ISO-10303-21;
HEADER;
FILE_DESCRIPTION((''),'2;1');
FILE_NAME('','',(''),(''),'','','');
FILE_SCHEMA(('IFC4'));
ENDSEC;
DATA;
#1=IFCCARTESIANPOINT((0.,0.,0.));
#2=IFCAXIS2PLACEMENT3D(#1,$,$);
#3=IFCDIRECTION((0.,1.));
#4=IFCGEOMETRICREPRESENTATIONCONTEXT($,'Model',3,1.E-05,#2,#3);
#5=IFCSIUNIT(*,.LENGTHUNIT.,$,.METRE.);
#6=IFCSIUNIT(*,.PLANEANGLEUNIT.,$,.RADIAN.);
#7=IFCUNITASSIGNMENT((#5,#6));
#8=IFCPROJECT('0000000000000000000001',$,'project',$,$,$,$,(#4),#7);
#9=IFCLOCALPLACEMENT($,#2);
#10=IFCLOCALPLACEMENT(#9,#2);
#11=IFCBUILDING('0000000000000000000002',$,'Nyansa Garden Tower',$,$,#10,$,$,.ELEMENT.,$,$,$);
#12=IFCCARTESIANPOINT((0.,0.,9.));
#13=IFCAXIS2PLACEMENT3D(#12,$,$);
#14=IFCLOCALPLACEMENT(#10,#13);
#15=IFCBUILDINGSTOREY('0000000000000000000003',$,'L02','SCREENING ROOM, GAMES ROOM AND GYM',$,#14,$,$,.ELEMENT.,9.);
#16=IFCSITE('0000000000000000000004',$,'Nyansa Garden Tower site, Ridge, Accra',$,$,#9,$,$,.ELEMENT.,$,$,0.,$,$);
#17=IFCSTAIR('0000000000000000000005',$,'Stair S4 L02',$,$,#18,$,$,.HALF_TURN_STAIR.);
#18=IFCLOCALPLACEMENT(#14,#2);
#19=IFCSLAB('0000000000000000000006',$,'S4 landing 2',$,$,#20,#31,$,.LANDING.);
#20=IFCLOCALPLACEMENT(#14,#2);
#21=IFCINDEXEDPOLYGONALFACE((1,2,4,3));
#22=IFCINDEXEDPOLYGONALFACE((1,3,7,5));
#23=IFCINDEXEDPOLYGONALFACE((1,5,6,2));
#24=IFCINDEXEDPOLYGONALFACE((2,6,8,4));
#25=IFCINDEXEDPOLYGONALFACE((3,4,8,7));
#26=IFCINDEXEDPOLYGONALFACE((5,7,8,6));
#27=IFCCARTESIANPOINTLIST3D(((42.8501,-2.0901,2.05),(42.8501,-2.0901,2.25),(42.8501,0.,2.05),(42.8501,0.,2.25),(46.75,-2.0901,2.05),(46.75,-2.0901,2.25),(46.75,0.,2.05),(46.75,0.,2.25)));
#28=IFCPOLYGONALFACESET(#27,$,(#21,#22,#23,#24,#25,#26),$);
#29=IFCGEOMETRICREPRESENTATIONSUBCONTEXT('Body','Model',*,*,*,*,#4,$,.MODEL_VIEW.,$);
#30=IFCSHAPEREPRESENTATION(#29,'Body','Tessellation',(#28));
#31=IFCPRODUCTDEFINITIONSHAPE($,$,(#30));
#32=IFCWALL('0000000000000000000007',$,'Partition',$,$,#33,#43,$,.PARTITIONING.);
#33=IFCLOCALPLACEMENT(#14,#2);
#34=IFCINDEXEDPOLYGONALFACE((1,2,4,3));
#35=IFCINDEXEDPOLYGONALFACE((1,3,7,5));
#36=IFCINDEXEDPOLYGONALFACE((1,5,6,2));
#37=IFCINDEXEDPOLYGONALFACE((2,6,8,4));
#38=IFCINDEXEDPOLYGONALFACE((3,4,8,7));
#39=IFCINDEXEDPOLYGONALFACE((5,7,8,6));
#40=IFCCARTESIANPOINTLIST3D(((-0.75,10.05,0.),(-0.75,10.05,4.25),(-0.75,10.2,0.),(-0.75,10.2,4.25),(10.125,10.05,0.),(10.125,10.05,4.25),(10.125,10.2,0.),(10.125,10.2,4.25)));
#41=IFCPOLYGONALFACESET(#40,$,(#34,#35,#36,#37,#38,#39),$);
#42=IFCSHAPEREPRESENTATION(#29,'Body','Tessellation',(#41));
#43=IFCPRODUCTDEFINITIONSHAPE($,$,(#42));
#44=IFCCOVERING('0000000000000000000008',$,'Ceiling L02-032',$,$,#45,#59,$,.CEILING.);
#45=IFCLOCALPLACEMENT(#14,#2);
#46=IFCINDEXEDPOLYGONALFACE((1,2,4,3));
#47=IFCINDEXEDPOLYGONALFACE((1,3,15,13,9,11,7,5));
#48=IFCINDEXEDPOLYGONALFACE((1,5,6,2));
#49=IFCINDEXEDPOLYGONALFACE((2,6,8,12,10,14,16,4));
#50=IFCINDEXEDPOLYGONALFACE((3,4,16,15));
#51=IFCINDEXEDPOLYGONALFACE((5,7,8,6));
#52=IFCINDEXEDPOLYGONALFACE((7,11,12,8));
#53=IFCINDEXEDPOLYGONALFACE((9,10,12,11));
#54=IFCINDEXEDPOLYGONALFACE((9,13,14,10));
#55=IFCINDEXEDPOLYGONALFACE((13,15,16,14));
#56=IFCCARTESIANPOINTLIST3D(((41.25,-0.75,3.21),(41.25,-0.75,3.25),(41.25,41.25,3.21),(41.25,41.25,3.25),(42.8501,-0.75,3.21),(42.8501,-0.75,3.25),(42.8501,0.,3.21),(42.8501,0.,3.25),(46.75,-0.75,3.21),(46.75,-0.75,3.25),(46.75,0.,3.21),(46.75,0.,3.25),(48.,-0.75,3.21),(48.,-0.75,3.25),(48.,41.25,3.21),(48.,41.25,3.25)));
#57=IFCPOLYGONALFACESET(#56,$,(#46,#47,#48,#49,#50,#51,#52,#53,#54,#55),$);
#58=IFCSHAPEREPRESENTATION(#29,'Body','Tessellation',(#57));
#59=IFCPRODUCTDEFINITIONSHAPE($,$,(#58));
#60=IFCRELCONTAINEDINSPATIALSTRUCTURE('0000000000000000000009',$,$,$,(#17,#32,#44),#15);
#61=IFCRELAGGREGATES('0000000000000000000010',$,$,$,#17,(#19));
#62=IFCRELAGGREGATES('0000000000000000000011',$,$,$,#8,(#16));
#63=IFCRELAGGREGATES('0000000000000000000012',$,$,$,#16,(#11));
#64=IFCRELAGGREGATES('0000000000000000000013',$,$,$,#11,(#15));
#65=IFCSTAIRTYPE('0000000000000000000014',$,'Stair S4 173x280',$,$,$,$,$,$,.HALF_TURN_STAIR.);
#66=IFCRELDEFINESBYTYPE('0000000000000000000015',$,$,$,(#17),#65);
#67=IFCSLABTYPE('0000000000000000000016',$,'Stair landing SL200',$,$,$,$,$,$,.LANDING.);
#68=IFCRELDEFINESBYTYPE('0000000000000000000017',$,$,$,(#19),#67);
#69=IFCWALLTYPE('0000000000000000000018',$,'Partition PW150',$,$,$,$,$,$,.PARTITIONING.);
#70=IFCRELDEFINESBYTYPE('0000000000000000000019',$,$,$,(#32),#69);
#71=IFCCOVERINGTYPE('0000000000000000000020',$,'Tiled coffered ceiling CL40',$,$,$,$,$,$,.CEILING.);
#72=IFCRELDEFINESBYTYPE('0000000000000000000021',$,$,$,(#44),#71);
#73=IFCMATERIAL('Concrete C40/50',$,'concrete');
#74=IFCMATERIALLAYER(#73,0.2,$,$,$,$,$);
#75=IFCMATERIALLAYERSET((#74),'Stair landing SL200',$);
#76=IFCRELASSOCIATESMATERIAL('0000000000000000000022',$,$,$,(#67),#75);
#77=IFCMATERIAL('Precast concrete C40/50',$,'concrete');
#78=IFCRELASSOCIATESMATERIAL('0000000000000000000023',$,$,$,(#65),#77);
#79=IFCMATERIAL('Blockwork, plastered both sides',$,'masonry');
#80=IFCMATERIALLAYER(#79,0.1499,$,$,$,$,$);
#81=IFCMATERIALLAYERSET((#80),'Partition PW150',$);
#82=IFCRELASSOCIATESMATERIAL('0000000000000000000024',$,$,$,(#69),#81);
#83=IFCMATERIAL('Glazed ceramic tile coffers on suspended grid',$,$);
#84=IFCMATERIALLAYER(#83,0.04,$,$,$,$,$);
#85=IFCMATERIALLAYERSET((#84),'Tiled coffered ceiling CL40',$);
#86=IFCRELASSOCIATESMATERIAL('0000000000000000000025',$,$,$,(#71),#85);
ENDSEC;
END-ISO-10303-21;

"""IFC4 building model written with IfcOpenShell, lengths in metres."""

from ifc_helpers import new_model, si_unit, direction, frame, frame_2d, origin, place, context, subcontext, project, spatial, polyline, rectangle, outline, extrude, material, layer, layer_set, type_object, element, aggregate, save


model = new_model("IFC4")

# Units and contexts
model_context = context("Model", 3, precision=1e-05, world=origin(), true_north=direction((0.0, 1.0)))
body_context = subcontext(model_context, "Body", "Model", "MODEL_VIEW")
ifc_project = project(units=[si_unit("LENGTHUNIT", "METRE"), si_unit("PLANEANGLEUNIT", "RADIAN")], contexts=[model_context])

# Site, building, storey
site_placement = place(None, origin())
site = spatial("IfcSite", under=ifc_project, at=site_placement, Name="Nyansa Garden Tower site, Ridge, Accra", CompositionType="ELEMENT", RefElevation=0.0)
building_placement = place(site_placement, origin())
building = spatial("IfcBuilding", under=site, at=building_placement, Name="Nyansa Garden Tower", CompositionType="ELEMENT")
storey_placement = place(building_placement, frame((0.0, 0.0, 9.0)))
storey = spatial("IfcBuildingStorey", under=building, at=storey_placement, Name="L02", Description="SCREENING ROOM, GAMES ROOM AND GYM", CompositionType="ELEMENT", Elevation=9.0)

# Stair, slab
ifc_material_1 = material(Name="Concrete C40/50", Category="concrete")
ifc_layer_1 = layer(ifc_material_1, 0.2)
ifc_layer_set_1 = layer_set([ifc_layer_1], Name="Stair landing SL200")
slab_type = type_object("IfcSlabType", Name="Stair landing SL200", PredefinedType="LANDING", material=ifc_layer_set_1)
ifc_material_2 = material(Name="Precast concrete C40/50", Category="concrete")
stair_type_1 = type_object("IfcStairType", Name="Stair S4 173x280", PredefinedType="HALF_TURN_STAIR", material=ifc_material_2)
stair_1_placement = place(storey_placement, origin())
stair_1 = element("IfcStair", 1, at=stair_1_placement, inside=storey, type_object=stair_type_1, Name="Stair S4 L02", PredefinedType="HALF_TURN_STAIR")
slab_1_placement = place(storey_placement, frame((0.0, 0.0, 2.05)))
slab_1 = element("IfcSlab", 2, at=slab_1_placement, type_object=slab_type, Name="S4 landing 2", PredefinedType="LANDING", context=body_context, shape_type="SweptSolid", body=[
    extrude(outline(polyline([(42.8501, -2.0901), (46.75, -2.0901), (46.75, 0.0), (42.8501, 0.0), (42.8501, -2.0901)])), origin(), (0.0, 0.0, 1.0), 0.2),
])
aggregate(stair_1, [slab_1])

# Wall
ifc_material_3 = material(Name="Blockwork, plastered both sides", Category="masonry")
ifc_layer_2 = layer(ifc_material_3, 0.1499)
ifc_layer_set_2 = layer_set([ifc_layer_2], Name="Partition PW150")
wall_type = type_object("IfcWallType", Name="Partition PW150", PredefinedType="PARTITIONING", material=ifc_layer_set_2)
wall_placement = place(storey_placement, frame((-0.75, 10.125, 0.0), z_axis=(0.0, 0.0, 1.0), x_axis=(1.0, 0.0, 0.0)))
element("IfcWall", 3, at=wall_placement, inside=storey, type_object=wall_type, Name="Partition", PredefinedType="PARTITIONING", context=body_context, shape_type="SweptSolid", body=[
    extrude(rectangle(XDim=10.875, YDim=0.1499, at=frame_2d((5.4375, 0.0))), origin(), (0.0, 0.0, 1.0), 4.25),
])

# Covering
ifc_material_4 = material(Name="Glazed ceramic tile coffers on suspended grid")
ifc_layer_3 = layer(ifc_material_4, 0.04)
ifc_layer_set_3 = layer_set([ifc_layer_3], Name="Tiled coffered ceiling CL40")
covering_type = type_object("IfcCoveringType", Name="Tiled coffered ceiling CL40", PredefinedType="CEILING", material=ifc_layer_set_3)
covering_placement = place(storey_placement, frame((0.0, 0.0, 3.21)))
element("IfcCovering", 4, at=covering_placement, inside=storey, type_object=covering_type, Name="Ceiling L02-032", PredefinedType="CEILING", context=body_context, shape_type="SweptSolid", body=[
    extrude(outline(polyline([(48.0, 41.25), (48.0, -0.75), (46.75, -0.75), (46.75, 0.0), (42.8501, 0.0), (42.8501, -0.75), (41.25, -0.75), (41.25, 41.25), (48.0, 41.25)])), origin(), (0.0, 0.0, 1.0), 0.04),
])

save(model, "model.ifc")
